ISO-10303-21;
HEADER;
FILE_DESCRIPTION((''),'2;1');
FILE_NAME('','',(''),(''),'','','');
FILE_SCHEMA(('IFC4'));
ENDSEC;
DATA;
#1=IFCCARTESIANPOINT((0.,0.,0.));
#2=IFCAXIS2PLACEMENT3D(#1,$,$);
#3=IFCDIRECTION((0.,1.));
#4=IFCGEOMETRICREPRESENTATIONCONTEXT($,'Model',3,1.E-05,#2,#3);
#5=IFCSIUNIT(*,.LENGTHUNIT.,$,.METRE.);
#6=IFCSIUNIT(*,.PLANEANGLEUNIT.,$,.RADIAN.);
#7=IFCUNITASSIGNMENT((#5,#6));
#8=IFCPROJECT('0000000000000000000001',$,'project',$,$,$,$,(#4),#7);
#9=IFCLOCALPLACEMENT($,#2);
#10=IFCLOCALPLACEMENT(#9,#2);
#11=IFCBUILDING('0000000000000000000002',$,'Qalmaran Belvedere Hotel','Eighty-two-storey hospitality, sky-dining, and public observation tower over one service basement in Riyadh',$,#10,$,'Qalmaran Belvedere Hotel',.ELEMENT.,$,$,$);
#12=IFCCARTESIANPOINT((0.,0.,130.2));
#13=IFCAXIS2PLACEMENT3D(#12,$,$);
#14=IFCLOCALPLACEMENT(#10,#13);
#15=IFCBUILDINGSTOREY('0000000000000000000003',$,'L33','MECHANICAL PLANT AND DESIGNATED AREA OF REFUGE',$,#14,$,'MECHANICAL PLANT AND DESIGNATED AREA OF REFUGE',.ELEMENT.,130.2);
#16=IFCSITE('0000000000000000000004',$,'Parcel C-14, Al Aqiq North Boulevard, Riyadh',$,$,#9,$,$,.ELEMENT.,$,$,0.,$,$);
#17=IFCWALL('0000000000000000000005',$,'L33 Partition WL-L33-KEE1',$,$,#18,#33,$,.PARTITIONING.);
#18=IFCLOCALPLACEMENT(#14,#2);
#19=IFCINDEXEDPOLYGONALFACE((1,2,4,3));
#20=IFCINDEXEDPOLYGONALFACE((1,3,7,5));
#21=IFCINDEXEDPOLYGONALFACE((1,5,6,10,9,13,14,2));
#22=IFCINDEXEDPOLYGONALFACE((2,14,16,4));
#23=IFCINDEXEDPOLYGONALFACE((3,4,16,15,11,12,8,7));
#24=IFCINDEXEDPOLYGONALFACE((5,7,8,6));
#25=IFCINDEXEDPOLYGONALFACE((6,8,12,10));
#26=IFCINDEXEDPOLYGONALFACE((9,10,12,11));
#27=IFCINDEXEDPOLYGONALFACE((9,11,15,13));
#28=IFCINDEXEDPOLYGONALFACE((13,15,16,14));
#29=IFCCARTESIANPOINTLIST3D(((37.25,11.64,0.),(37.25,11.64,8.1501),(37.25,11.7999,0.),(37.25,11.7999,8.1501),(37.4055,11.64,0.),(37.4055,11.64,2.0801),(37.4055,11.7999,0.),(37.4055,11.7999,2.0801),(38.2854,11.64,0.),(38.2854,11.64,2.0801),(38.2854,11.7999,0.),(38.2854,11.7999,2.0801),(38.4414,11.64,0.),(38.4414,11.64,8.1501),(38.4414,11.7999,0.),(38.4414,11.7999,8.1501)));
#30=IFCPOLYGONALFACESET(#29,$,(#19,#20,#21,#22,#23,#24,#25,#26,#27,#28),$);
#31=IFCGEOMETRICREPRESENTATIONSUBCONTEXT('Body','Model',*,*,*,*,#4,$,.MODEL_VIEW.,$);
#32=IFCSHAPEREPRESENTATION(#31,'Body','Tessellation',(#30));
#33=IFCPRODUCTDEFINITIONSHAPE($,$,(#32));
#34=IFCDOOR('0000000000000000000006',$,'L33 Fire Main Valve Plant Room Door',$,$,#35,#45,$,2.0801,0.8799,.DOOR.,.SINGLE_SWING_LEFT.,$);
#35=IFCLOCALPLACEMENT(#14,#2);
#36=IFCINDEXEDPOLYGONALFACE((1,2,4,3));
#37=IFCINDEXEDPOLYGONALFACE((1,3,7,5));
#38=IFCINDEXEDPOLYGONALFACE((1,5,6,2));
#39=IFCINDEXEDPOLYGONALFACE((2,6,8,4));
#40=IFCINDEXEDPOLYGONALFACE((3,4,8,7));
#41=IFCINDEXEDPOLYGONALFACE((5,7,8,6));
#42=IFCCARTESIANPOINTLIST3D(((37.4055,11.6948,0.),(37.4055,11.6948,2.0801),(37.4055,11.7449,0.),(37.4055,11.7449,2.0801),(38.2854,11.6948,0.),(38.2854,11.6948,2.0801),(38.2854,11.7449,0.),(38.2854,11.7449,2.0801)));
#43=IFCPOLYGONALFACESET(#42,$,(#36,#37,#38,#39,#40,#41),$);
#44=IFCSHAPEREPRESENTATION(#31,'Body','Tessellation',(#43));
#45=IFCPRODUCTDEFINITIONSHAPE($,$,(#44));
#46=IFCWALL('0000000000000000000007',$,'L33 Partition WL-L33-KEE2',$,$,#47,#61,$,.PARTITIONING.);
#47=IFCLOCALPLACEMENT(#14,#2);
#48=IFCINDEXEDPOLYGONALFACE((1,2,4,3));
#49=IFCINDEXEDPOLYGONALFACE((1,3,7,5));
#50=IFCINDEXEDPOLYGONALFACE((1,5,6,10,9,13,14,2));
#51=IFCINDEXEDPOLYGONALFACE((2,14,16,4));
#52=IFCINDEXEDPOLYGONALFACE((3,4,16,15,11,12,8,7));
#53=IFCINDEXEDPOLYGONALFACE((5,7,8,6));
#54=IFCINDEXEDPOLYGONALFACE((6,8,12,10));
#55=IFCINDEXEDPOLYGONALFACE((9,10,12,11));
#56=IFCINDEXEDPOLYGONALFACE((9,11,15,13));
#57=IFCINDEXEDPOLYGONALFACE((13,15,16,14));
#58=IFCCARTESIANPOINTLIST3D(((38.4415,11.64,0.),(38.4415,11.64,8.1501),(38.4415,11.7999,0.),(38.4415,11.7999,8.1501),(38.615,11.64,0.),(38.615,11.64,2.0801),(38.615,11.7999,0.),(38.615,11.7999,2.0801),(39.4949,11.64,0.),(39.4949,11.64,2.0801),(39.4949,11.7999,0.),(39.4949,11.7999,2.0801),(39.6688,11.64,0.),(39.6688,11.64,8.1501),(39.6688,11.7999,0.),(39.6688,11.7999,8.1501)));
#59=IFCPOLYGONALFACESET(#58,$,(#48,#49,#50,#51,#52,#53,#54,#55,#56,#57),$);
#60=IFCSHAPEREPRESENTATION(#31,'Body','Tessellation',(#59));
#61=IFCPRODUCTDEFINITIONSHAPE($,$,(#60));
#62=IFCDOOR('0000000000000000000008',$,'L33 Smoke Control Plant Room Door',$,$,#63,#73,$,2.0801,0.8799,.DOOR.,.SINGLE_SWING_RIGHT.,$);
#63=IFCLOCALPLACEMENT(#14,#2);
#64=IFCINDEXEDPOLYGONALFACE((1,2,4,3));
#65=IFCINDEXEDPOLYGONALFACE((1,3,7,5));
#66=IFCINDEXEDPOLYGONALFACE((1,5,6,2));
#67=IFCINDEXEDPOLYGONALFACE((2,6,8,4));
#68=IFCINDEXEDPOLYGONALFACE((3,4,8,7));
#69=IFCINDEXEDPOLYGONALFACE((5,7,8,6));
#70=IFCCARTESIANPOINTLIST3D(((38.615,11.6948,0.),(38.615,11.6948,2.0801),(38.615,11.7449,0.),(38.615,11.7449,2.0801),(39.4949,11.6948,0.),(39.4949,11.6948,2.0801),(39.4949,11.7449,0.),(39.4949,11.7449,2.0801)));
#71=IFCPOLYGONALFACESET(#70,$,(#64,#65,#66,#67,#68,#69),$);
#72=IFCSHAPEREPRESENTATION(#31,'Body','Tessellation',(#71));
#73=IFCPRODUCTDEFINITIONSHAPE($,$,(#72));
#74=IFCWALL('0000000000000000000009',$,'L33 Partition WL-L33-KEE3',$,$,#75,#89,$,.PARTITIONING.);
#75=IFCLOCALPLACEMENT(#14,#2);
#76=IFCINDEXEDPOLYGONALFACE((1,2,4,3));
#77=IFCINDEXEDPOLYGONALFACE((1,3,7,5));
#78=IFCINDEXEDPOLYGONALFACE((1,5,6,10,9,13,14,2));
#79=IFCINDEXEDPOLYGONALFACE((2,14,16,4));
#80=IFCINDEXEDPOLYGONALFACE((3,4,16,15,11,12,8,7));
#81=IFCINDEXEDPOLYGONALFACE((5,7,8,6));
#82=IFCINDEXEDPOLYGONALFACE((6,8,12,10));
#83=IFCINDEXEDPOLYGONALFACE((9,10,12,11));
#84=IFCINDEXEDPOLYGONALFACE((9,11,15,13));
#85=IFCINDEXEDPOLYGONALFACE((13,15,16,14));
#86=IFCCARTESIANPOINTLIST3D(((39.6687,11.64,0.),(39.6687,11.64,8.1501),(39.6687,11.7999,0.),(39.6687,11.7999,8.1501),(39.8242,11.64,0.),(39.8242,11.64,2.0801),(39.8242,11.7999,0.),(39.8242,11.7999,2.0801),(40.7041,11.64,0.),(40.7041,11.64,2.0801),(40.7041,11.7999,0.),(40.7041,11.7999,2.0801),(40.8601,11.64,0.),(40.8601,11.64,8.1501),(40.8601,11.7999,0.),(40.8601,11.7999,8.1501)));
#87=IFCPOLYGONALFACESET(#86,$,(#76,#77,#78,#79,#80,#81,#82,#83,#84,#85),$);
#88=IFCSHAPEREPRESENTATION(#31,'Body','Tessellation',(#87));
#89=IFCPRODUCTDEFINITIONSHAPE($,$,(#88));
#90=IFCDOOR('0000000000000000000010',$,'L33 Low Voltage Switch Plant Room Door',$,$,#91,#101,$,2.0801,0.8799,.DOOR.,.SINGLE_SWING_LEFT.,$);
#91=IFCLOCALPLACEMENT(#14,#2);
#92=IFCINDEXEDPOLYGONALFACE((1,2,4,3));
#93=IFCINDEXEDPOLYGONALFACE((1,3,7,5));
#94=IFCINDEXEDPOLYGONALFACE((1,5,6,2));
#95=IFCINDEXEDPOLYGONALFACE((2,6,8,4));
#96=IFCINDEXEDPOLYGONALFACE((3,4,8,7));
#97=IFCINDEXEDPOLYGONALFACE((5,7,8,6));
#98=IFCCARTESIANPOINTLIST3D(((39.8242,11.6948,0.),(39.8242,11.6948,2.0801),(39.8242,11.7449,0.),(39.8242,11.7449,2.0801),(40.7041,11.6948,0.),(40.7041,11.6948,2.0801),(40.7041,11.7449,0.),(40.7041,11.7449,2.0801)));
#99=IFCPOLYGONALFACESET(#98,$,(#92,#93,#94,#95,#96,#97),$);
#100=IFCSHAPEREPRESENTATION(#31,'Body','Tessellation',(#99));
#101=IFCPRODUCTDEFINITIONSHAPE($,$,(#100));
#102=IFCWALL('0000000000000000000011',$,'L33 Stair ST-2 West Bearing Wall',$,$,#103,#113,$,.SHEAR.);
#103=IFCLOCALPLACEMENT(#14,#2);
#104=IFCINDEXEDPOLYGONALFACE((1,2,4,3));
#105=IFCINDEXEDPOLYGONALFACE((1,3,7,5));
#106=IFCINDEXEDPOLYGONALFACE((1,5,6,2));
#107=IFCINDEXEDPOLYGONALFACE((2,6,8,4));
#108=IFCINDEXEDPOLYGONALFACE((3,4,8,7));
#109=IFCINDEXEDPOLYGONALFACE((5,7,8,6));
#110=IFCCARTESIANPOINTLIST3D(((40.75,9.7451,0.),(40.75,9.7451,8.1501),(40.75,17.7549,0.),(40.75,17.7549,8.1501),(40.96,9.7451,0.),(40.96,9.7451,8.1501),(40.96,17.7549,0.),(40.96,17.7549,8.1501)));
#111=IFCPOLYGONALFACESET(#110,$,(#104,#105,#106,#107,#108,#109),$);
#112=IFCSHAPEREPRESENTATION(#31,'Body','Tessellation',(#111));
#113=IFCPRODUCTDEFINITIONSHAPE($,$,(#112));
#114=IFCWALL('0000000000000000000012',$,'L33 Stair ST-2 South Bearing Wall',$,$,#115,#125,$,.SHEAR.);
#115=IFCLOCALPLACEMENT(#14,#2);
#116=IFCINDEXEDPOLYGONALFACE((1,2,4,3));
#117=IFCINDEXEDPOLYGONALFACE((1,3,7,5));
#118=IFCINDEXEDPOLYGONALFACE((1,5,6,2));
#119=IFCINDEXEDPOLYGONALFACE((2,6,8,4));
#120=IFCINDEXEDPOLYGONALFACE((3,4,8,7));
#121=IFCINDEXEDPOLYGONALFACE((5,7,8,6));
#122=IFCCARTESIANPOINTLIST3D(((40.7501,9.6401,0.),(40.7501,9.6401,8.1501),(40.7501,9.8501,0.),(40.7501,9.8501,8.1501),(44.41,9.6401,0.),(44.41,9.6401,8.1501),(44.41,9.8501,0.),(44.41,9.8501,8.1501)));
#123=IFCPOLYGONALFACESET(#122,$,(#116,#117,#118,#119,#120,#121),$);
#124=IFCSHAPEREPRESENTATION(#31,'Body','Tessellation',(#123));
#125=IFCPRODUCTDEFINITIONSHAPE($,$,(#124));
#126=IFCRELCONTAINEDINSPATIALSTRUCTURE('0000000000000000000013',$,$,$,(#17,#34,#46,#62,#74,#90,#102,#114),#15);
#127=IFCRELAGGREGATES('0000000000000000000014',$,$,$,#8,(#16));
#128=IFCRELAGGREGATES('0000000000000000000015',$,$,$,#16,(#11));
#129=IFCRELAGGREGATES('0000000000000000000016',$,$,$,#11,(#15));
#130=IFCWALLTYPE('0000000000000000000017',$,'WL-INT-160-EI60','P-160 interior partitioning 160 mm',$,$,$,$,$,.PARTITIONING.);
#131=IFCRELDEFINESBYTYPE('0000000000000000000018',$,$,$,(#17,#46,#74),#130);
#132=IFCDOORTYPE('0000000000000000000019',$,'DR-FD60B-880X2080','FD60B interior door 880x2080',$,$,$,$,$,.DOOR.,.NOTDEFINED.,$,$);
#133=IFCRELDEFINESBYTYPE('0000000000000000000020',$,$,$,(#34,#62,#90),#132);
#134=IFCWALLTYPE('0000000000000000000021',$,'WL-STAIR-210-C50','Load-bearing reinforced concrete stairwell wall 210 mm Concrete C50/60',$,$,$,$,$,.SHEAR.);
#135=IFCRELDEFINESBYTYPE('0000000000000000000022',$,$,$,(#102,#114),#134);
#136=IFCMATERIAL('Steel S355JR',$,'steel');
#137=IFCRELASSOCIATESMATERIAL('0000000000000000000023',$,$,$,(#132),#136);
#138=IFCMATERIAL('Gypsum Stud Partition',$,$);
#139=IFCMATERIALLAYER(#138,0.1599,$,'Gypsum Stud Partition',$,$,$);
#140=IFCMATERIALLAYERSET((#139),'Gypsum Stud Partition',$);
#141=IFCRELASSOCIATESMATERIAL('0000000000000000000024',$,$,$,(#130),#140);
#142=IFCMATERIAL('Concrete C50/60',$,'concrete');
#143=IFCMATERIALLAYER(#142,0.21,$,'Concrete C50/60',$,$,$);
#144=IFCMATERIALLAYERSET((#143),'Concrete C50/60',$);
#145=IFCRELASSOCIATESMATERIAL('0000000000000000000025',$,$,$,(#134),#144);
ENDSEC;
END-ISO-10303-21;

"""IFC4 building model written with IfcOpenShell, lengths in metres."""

from ifc_helpers import new_model, si_unit, direction, frame, frame_2d, origin, place, context, subcontext, project, spatial, rectangle, extrude, material, layer, layer_set, type_object, element, fill, save


model = new_model("IFC4")

# Units and contexts
model_context = context("Model", 3, precision=1e-05, world=origin(), true_north=direction((0.0, 1.0)))
body_context = subcontext(model_context, "Body", "Model", "MODEL_VIEW")
ifc_project = project(units=[si_unit("LENGTHUNIT", "METRE"), si_unit("PLANEANGLEUNIT", "RADIAN")], contexts=[model_context])

# Site, building, storey
site_placement = place(None, origin())
site = spatial("IfcSite", under=ifc_project, at=site_placement, Name="Parcel C-14, Al Aqiq North Boulevard, Riyadh", CompositionType="ELEMENT", RefElevation=0.0)
building_placement = place(site_placement, origin())
building = spatial("IfcBuilding", under=site, at=building_placement, Name="Qalmaran Belvedere Hotel", Description="Eighty-two-storey hospitality, sky-dining, and public observation tower over one service basement in Riyadh", LongName="Qalmaran Belvedere Hotel", CompositionType="ELEMENT")
storey_placement = place(building_placement, frame((0.0, 0.0, 130.2)))
storey = spatial("IfcBuildingStorey", under=building, at=storey_placement, Name="L33", Description="MECHANICAL PLANT AND DESIGNATED AREA OF REFUGE", LongName="MECHANICAL PLANT AND DESIGNATED AREA OF REFUGE", CompositionType="ELEMENT", Elevation=130.2)

# Shared definitions
ifc_material_1 = material(Name="Steel S355JR", Category="steel")

# Shared definitions
ifc_material_2 = material(Name="Gypsum Stud Partition")

# Walls, openings, doors
door_type_1 = type_object("IfcDoorType", Name="DR-FD60B-880X2080", Description="FD60B interior door 880x2080", OperationType="NOTDEFINED", PredefinedType="DOOR", material=ifc_material_1)
ifc_layer_1 = layer(ifc_material_2, 0.1599, Name="Gypsum Stud Partition")
ifc_layer_set_1 = layer_set([ifc_layer_1], Name="Gypsum Stud Partition")
wall_type_1 = type_object("IfcWallType", Name="WL-INT-160-EI60", Description="P-160 interior partitioning 160 mm", PredefinedType="PARTITIONING", material=ifc_layer_set_1)
wall_1_placement = place(storey_placement, frame((37.25, 11.72, 0.0), z_axis=(0.0, 0.0, 1.0), x_axis=(1.0, 0.0, 0.0)))
wall_1 = element("IfcWall", 1, at=wall_1_placement, inside=storey, type_object=wall_type_1, Name="L33 Partition WL-L33-KEE1", PredefinedType="PARTITIONING", context=body_context, shape_type="SweptSolid", body=[
    extrude(rectangle(XDim=1.1914, YDim=0.1599, at=frame_2d((0.5957, 0.0))), origin(), (0.0, 0.0, 1.0), 8.1501),
])
opening_1_placement = place(wall_1_placement, frame((0.1555, 0.0, 0.0)))
opening_1 = element("IfcOpeningElement", 2, at=opening_1_placement, cuts=wall_1, PredefinedType="OPENING", context=body_context, shape_type="SweptSolid", body=[
    extrude(rectangle(XDim=0.8799, YDim=2.0801, at=frame_2d((0.4399, 1.04))), frame((0.0, 0.0898, 0.0), z_axis=(0.0, -1.0, 0.0), x_axis=(1.0, 0.0, 0.0)), (0.0, 0.0, 1.0), 0.1799),
])
door_1_placement = place(opening_1_placement, origin())
door_1 = element("IfcDoor", 3, at=door_1_placement, inside=storey, type_object=door_type_1, Name="L33 Fire Main Valve Plant Room Door", OperationType="SINGLE_SWING_LEFT", OverallHeight=2.0801, OverallWidth=0.8799, PredefinedType="DOOR", context=body_context, shape_type="SweptSolid", body=[
    extrude(rectangle(XDim=0.8799, YDim=2.0801, at=frame_2d((0.4399, 1.04))), frame((0.0, 0.0249, 0.0), z_axis=(0.0, -1.0, 0.0), x_axis=(1.0, 0.0, 0.0)), (0.0, 0.0, 1.0), 0.05),
])
fill(opening_1, door_1)
wall_2_placement = place(storey_placement, frame((38.4414, 11.72, 0.0), z_axis=(0.0, 0.0, 1.0), x_axis=(1.0, 0.0, 0.0)))
wall_2 = element("IfcWall", 4, at=wall_2_placement, inside=storey, type_object=wall_type_1, Name="L33 Partition WL-L33-KEE2", PredefinedType="PARTITIONING", context=body_context, shape_type="SweptSolid", body=[
    extrude(rectangle(XDim=1.2273, YDim=0.1599, at=frame_2d((0.6138, 0.0))), origin(), (0.0, 0.0, 1.0), 8.1501),
])
opening_2_placement = place(wall_2_placement, frame((0.1736, 0.0, 0.0)))
opening_2 = element("IfcOpeningElement", 5, at=opening_2_placement, cuts=wall_2, PredefinedType="OPENING", context=body_context, shape_type="SweptSolid", body=[
    extrude(rectangle(XDim=0.8799, YDim=2.0801, at=frame_2d((0.4399, 1.04))), frame((0.0, 0.0898, 0.0), z_axis=(0.0, -1.0, 0.0), x_axis=(1.0, 0.0, 0.0)), (0.0, 0.0, 1.0), 0.1799),
])
door_2_placement = place(opening_2_placement, origin())
door_2 = element("IfcDoor", 6, at=door_2_placement, inside=storey, type_object=door_type_1, Name="L33 Smoke Control Plant Room Door", OperationType="SINGLE_SWING_RIGHT", OverallHeight=2.0801, OverallWidth=0.8799, PredefinedType="DOOR", context=body_context, shape_type="SweptSolid", body=[
    extrude(rectangle(XDim=0.8799, YDim=2.0801, at=frame_2d((0.4399, 1.04))), frame((0.0, 0.0249, 0.0), z_axis=(0.0, -1.0, 0.0), x_axis=(1.0, 0.0, 0.0)), (0.0, 0.0, 1.0), 0.05),
])
fill(opening_2, door_2)
wall_3_placement = place(storey_placement, frame((39.6687, 11.72, 0.0), z_axis=(0.0, 0.0, 1.0), x_axis=(1.0, 0.0, 0.0)))
wall_3 = element("IfcWall", 7, at=wall_3_placement, inside=storey, type_object=wall_type_1, Name="L33 Partition WL-L33-KEE3", PredefinedType="PARTITIONING", context=body_context, shape_type="SweptSolid", body=[
    extrude(rectangle(XDim=1.1914, YDim=0.1599, at=frame_2d((0.5957, 0.0))), origin(), (0.0, 0.0, 1.0), 8.1501),
])
opening_3_placement = place(wall_3_placement, frame((0.1555, 0.0, 0.0)))
opening_3 = element("IfcOpeningElement", 8, at=opening_3_placement, cuts=wall_3, PredefinedType="OPENING", context=body_context, shape_type="SweptSolid", body=[
    extrude(rectangle(XDim=0.8799, YDim=2.0801, at=frame_2d((0.4399, 1.04))), frame((0.0, 0.0898, 0.0), z_axis=(0.0, -1.0, 0.0), x_axis=(1.0, 0.0, 0.0)), (0.0, 0.0, 1.0), 0.1799),
])
door_3_placement = place(opening_3_placement, origin())
door_3 = element("IfcDoor", 9, at=door_3_placement, inside=storey, type_object=door_type_1, Name="L33 Low Voltage Switch Plant Room Door", OperationType="SINGLE_SWING_LEFT", OverallHeight=2.0801, OverallWidth=0.8799, PredefinedType="DOOR", context=body_context, shape_type="SweptSolid", body=[
    extrude(rectangle(XDim=0.8799, YDim=2.0801, at=frame_2d((0.4399, 1.04))), frame((0.0, 0.0249, 0.0), z_axis=(0.0, -1.0, 0.0), x_axis=(1.0, 0.0, 0.0)), (0.0, 0.0, 1.0), 0.05),
])
fill(opening_3, door_3)

# Walls
ifc_material_3 = material(Name="Concrete C50/60", Category="concrete")
ifc_layer_2 = layer(ifc_material_3, 0.21, Name="Concrete C50/60")
ifc_layer_set_2 = layer_set([ifc_layer_2], Name="Concrete C50/60")
wall_type_2 = type_object("IfcWallType", Name="WL-STAIR-210-C50", Description="Load-bearing reinforced concrete stairwell wall 210 mm Concrete C50/60", PredefinedType="SHEAR", material=ifc_layer_set_2)
wall_4_placement = place(storey_placement, frame((40.855, 9.7451, 0.0), z_axis=(0.0, 0.0, 1.0), x_axis=(0.0, 1.0, 0.0)))
element("IfcWall", 10, at=wall_4_placement, inside=storey, type_object=wall_type_2, Name="L33 Stair ST-2 West Bearing Wall", PredefinedType="SHEAR", context=body_context, shape_type="SweptSolid", body=[
    extrude(rectangle(XDim=8.0098, YDim=0.21, at=frame_2d((4.0049, 0.0))), origin(), (0.0, 0.0, 1.0), 8.1501),
])
wall_5_placement = place(storey_placement, frame((40.75, 9.7451, 0.0), z_axis=(0.0, 0.0, 1.0), x_axis=(1.0, 0.0, 0.0)))
element("IfcWall", 11, at=wall_5_placement, inside=storey, type_object=wall_type_2, Name="L33 Stair ST-2 South Bearing Wall", PredefinedType="SHEAR", context=body_context, shape_type="SweptSolid", body=[
    extrude(rectangle(XDim=3.6599, YDim=0.21, at=frame_2d((1.8301, 0.0))), origin(), (0.0, 0.0, 1.0), 8.1501),
])

save(model, "model.ifc")
